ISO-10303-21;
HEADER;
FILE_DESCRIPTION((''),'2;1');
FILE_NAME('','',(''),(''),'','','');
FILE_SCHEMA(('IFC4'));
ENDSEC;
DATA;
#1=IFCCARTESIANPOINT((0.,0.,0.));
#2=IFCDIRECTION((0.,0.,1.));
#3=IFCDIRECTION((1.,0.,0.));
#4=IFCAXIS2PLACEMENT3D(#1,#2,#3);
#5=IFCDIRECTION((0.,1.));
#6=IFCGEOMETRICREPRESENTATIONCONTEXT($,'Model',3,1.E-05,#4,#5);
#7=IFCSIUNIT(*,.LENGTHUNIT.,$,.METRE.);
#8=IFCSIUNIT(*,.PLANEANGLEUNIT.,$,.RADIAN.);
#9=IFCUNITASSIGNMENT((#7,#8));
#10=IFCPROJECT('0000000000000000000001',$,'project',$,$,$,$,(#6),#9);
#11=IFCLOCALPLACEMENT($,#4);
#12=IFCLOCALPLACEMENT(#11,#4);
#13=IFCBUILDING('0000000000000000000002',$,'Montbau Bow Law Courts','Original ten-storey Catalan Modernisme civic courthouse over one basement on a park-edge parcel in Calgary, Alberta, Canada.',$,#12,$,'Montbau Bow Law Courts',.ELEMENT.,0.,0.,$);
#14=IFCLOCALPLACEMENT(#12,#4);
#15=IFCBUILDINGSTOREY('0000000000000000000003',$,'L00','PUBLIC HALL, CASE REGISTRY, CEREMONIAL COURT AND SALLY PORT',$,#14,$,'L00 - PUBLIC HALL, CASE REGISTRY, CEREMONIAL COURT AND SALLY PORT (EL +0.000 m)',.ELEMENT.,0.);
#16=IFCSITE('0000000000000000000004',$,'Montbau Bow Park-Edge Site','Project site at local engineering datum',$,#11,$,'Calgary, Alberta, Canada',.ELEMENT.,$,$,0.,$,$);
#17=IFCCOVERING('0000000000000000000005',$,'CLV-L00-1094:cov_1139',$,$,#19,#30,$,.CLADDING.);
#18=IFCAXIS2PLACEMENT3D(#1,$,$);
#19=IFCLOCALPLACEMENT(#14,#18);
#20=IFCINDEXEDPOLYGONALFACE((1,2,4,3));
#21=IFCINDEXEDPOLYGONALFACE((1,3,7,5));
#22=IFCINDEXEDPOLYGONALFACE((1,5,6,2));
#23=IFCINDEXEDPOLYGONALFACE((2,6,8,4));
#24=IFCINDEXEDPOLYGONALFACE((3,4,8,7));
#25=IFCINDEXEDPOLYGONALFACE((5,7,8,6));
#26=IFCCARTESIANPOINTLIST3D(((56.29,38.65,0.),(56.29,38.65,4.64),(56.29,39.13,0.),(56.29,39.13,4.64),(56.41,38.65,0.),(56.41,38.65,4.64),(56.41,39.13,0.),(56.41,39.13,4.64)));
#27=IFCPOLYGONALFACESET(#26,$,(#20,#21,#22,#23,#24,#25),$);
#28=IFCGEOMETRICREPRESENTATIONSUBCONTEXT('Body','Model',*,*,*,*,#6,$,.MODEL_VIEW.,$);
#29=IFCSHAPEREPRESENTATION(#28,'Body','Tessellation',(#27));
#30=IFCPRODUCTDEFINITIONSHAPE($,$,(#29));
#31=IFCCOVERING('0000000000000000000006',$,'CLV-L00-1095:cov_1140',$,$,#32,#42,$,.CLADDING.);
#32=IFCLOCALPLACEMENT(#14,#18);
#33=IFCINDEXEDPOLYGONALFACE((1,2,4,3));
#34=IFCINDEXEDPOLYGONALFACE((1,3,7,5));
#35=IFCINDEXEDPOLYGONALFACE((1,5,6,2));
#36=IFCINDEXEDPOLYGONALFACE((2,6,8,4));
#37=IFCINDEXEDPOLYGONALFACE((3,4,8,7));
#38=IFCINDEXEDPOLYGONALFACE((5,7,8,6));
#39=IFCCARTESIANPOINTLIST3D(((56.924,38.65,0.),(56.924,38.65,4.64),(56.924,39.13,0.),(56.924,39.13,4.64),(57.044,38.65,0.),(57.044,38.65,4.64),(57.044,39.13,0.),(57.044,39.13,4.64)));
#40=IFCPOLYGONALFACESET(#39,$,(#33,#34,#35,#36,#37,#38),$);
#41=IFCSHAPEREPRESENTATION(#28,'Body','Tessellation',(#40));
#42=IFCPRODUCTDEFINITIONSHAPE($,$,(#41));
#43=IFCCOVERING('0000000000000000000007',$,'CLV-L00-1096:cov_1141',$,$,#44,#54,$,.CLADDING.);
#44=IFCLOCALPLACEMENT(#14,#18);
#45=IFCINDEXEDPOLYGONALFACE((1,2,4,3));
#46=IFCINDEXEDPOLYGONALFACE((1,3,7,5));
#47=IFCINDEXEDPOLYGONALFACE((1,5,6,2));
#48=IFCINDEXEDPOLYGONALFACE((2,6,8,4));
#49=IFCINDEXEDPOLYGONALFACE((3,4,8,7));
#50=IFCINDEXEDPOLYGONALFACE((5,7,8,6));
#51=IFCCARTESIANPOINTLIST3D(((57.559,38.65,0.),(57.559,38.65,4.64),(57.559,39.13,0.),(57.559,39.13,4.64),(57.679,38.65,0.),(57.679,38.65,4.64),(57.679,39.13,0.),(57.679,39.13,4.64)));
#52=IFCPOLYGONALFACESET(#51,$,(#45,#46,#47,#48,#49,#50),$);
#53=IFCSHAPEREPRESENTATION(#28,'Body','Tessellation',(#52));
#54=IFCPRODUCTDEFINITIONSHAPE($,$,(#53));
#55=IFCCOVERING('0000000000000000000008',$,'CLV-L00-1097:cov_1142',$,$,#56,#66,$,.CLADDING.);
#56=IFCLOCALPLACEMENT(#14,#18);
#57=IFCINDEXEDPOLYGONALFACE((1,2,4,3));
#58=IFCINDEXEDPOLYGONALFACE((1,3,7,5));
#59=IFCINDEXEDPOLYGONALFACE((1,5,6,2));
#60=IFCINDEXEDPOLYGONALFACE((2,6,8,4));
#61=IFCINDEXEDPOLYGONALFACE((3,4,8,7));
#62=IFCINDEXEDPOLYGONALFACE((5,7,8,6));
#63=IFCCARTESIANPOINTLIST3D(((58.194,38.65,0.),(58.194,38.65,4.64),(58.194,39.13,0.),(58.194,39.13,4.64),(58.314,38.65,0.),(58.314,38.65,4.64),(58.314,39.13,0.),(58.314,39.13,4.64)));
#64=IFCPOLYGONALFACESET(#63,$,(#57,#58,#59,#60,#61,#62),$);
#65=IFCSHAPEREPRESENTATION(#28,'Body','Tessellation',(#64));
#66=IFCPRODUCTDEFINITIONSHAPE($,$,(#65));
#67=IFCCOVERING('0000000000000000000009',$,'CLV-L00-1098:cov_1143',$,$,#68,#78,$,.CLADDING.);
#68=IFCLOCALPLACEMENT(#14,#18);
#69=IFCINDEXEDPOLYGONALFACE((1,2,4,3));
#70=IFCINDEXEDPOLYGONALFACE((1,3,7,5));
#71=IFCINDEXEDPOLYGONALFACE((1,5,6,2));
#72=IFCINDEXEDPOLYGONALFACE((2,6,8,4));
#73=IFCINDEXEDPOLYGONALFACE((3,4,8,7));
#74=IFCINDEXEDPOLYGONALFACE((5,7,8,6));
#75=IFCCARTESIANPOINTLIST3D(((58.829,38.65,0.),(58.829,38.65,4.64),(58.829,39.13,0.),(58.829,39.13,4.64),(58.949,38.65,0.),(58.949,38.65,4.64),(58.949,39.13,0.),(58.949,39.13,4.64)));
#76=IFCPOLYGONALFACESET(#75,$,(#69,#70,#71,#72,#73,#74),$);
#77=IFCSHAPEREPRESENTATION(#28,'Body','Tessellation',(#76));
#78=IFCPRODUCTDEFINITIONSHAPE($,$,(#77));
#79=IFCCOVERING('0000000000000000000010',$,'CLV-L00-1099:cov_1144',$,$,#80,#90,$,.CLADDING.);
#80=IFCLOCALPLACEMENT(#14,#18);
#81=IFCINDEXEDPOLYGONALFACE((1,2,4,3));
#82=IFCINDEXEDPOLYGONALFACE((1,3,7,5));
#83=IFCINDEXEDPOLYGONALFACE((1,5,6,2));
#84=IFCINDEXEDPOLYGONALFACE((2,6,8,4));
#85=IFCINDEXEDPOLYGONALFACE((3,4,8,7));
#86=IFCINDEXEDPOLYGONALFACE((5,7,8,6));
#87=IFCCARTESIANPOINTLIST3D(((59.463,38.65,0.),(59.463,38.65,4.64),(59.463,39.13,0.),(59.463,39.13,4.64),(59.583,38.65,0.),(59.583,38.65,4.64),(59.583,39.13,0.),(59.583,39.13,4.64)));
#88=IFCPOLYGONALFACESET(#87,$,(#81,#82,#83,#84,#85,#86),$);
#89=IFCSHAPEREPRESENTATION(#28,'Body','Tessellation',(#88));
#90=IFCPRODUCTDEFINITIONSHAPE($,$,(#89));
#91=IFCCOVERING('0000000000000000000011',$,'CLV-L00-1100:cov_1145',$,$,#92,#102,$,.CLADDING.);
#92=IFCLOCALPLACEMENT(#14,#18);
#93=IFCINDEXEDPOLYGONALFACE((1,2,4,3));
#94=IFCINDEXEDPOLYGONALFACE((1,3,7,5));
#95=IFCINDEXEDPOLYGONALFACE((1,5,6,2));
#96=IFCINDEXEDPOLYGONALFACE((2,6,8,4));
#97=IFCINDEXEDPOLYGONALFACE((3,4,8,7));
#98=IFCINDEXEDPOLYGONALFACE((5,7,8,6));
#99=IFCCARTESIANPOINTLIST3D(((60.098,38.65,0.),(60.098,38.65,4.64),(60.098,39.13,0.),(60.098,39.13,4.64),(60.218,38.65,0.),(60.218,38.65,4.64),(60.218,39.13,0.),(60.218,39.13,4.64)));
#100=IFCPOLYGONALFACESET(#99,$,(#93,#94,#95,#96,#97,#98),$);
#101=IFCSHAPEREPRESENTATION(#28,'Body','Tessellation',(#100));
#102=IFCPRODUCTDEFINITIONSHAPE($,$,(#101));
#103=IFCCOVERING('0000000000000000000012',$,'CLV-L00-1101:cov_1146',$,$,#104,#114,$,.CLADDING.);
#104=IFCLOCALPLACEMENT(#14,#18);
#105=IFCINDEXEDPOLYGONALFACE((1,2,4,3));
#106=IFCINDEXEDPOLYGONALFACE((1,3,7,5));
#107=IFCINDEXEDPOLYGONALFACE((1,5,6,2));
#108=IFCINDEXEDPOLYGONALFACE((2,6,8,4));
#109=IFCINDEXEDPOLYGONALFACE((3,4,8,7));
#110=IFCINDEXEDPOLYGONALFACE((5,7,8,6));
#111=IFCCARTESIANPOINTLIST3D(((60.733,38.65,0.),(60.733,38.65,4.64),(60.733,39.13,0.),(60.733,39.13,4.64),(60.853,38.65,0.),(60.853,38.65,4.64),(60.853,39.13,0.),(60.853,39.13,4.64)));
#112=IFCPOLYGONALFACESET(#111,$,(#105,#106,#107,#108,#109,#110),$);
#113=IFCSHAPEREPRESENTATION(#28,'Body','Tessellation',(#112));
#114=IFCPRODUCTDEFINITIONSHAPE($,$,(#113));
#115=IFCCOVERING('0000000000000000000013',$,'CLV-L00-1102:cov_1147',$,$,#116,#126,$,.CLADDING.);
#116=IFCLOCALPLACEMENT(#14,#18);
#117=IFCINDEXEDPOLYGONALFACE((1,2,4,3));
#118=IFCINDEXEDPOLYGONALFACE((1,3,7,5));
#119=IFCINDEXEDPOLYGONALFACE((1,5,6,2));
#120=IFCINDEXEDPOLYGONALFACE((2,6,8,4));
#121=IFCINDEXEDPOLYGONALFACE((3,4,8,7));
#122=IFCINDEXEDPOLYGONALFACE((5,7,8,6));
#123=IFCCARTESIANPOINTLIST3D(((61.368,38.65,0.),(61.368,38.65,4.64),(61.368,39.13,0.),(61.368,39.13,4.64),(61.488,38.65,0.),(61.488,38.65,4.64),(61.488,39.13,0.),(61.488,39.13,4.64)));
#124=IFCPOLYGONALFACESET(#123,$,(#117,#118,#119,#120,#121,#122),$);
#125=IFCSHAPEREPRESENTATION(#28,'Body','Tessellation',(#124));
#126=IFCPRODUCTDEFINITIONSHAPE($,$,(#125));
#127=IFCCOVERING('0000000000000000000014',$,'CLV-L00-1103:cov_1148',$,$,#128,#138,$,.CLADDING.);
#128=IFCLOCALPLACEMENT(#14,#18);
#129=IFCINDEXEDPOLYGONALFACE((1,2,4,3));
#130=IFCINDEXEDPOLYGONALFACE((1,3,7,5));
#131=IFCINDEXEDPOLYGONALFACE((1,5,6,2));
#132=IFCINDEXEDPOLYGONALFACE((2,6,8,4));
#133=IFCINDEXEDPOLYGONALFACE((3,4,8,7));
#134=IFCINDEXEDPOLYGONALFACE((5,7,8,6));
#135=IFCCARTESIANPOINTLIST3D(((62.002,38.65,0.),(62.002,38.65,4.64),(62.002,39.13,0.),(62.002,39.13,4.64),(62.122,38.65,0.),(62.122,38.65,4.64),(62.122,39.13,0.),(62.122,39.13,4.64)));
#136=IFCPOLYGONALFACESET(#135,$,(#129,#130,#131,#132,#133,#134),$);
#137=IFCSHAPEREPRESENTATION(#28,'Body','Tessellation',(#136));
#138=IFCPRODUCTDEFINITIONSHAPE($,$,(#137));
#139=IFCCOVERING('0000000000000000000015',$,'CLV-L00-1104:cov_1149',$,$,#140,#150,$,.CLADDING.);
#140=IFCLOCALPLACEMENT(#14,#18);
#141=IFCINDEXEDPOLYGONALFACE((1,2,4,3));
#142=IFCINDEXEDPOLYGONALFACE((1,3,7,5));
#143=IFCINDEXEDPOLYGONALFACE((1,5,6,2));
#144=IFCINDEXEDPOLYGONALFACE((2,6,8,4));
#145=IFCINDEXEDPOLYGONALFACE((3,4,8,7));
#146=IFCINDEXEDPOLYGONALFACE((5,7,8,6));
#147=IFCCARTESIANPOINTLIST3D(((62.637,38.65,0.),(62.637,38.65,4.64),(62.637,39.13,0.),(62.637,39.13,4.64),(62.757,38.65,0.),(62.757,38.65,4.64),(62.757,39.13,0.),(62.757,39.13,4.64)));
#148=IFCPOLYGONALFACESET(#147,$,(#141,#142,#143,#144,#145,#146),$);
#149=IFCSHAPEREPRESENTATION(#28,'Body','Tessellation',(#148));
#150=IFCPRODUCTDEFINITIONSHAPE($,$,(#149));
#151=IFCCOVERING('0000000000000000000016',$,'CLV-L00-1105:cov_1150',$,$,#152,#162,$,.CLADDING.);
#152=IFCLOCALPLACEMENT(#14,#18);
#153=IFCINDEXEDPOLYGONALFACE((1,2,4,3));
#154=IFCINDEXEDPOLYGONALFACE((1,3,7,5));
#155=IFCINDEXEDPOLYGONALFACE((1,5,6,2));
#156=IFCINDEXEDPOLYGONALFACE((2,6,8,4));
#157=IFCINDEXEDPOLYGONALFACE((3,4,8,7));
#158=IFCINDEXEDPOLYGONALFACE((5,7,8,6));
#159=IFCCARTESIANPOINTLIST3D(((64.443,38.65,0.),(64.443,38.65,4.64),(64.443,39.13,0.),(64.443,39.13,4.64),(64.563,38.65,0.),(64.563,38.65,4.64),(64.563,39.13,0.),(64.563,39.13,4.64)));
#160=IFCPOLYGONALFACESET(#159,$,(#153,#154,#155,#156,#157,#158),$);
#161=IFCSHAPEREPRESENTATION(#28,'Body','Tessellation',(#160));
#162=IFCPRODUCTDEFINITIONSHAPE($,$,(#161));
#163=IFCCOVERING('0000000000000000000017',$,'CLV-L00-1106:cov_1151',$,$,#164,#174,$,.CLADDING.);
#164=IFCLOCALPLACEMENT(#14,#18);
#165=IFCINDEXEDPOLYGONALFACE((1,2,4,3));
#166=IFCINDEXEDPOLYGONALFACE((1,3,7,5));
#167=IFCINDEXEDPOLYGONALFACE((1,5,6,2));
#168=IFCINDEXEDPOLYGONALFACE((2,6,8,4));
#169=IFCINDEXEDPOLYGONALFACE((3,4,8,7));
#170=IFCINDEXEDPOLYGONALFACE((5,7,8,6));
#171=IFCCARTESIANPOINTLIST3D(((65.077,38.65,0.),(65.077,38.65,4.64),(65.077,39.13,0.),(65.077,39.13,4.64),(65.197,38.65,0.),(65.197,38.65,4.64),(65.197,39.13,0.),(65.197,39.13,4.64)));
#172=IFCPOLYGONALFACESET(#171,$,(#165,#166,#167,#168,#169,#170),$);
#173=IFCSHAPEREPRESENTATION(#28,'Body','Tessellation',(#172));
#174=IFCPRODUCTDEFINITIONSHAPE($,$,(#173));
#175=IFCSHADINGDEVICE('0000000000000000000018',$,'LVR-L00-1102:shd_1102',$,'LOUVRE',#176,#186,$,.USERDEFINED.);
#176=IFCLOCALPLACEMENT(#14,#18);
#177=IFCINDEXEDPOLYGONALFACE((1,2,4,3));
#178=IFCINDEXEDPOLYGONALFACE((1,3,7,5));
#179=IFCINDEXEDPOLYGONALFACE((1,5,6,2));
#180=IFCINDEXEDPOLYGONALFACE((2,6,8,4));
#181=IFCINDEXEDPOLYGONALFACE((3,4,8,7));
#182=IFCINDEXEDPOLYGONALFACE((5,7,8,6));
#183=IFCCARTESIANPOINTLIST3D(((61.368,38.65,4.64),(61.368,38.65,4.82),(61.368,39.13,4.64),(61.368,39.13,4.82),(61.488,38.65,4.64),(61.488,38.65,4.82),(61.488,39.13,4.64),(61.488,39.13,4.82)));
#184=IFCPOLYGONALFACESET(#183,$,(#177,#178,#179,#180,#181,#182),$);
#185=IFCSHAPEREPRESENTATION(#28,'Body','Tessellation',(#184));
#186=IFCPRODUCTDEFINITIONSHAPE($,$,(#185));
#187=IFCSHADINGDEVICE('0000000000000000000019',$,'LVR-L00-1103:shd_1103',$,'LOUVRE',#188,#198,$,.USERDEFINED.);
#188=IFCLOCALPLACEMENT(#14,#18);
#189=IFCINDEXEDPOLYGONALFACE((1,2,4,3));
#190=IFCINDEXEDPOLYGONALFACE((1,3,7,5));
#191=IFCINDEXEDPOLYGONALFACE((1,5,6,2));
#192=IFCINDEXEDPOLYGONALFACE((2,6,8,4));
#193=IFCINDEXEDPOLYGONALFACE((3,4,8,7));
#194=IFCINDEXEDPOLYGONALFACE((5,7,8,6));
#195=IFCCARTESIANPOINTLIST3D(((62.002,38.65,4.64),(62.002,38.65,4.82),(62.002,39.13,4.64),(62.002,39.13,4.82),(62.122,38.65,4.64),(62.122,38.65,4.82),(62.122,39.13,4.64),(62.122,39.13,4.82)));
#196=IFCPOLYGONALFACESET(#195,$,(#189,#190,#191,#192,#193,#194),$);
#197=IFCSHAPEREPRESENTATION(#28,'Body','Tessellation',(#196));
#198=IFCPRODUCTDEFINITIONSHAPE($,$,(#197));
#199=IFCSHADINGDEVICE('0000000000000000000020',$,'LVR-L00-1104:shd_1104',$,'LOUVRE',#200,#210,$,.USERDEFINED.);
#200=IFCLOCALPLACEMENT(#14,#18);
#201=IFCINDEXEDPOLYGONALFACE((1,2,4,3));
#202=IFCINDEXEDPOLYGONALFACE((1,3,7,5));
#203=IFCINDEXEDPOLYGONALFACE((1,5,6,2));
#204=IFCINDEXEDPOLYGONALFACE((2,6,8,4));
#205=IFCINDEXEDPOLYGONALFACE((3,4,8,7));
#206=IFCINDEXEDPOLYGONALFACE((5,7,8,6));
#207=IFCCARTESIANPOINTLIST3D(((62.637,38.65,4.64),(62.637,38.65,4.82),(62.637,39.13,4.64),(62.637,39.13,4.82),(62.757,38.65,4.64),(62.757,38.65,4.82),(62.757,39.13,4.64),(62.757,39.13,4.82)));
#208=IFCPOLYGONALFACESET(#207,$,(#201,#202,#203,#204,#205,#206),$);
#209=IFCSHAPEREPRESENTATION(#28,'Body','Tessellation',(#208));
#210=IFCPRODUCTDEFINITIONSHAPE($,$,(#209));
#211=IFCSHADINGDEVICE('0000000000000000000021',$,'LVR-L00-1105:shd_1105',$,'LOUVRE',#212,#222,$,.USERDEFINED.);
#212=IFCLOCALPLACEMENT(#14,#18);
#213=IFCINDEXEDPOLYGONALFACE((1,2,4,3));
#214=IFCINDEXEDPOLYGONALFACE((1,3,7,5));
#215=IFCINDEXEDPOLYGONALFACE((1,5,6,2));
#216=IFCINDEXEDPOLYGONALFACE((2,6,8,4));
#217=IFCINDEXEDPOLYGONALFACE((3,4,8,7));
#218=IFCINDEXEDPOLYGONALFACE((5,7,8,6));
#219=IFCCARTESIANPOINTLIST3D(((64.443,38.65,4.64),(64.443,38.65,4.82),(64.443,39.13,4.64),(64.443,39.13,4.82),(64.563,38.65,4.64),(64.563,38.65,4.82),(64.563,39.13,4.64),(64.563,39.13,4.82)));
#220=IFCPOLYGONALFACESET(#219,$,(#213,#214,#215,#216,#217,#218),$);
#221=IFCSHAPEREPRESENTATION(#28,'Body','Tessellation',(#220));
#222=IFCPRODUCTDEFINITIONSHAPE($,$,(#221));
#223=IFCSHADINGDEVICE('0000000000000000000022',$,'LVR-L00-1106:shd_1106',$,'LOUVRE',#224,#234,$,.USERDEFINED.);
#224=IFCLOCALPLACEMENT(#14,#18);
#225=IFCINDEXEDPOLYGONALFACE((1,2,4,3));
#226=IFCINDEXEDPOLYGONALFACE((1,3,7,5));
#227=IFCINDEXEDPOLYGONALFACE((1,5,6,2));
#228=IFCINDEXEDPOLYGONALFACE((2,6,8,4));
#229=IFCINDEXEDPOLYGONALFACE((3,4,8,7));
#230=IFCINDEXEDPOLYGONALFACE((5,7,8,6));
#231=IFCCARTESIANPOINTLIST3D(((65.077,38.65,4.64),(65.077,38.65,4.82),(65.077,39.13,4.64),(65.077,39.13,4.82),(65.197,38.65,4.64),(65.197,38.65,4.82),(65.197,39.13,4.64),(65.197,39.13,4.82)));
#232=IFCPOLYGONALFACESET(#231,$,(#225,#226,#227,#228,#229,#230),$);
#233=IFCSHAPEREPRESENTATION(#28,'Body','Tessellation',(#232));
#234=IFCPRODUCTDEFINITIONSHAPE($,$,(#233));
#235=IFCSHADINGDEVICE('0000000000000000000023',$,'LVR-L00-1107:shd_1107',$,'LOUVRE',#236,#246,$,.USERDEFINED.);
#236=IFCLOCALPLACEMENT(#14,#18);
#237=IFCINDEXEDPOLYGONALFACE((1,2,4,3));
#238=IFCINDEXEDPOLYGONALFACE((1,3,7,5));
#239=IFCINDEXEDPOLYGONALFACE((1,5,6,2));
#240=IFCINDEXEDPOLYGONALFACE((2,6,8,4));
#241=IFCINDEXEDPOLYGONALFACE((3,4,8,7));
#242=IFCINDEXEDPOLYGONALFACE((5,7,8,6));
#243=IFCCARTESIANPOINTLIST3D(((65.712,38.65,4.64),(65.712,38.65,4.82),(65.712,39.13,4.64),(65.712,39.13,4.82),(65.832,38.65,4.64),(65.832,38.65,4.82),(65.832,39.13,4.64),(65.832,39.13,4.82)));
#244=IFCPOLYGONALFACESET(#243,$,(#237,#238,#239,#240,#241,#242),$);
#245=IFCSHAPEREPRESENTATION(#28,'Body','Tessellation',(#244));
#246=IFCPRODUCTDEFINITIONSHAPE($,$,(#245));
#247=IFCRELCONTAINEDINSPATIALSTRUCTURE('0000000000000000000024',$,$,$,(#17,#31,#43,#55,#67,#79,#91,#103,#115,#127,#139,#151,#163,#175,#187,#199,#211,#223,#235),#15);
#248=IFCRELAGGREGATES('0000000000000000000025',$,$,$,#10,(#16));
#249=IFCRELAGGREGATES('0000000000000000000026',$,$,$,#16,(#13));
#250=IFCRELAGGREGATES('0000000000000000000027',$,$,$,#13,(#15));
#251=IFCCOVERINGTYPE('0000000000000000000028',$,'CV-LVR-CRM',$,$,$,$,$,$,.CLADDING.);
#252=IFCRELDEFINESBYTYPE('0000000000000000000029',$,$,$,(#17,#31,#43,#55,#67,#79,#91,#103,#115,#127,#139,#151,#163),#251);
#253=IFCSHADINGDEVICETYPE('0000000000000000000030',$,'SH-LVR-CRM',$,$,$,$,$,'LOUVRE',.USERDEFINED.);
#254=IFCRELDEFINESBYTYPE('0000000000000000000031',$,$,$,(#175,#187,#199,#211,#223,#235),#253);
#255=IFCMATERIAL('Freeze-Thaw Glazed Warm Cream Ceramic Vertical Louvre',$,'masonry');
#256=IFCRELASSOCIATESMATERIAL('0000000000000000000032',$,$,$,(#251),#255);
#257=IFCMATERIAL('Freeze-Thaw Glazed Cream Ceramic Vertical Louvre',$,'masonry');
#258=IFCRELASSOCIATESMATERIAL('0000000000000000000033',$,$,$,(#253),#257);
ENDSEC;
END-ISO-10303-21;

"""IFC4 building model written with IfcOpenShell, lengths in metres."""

from ifc_helpers import new_model, si_unit, direction, frame, frame_2d, origin_with_axes, origin_2d_with_axis, place, context, subcontext, project, spatial, rectangle, extrude, material, type_object, element, save


model = new_model("IFC4")

# Units and contexts
model_context = context("Model", 3, precision=1e-05, world=origin_with_axes(), true_north=direction((0.0, 1.0)))
body_context = subcontext(model_context, "Body", "Model", "MODEL_VIEW")
ifc_project = project(units=[si_unit("LENGTHUNIT", "METRE"), si_unit("PLANEANGLEUNIT", "RADIAN")], contexts=[model_context])

# Site, building, storey
site_placement = place(None, origin_with_axes())
site = spatial("IfcSite", under=ifc_project, at=site_placement, Name="Montbau Bow Park-Edge Site", Description="Project site at local engineering datum", LongName="Calgary, Alberta, Canada", CompositionType="ELEMENT", RefElevation=0.0)
building_placement = place(site_placement, origin_with_axes())
building = spatial("IfcBuilding", under=site, at=building_placement, Name="Montbau Bow Law Courts", Description="Original ten-storey Catalan Modernisme civic courthouse over one basement on a park-edge parcel in Calgary, Alberta, Canada.", LongName="Montbau Bow Law Courts", CompositionType="ELEMENT", ElevationOfRefHeight=0.0, ElevationOfTerrain=0.0)
storey_placement = place(building_placement, origin_with_axes())
storey = spatial("IfcBuildingStorey", under=building, at=storey_placement, Name="L00", Description="PUBLIC HALL, CASE REGISTRY, CEREMONIAL COURT AND SALLY PORT", LongName="L00 - PUBLIC HALL, CASE REGISTRY, CEREMONIAL COURT AND SALLY PORT (EL +0.000 m)", CompositionType="ELEMENT", Elevation=0.0)

# Coverings
ifc_material_1 = material(Name="Freeze-Thaw Glazed Warm Cream Ceramic Vertical Louvre", Category="masonry")
covering_type = type_object("IfcCoveringType", Name="CV-LVR-CRM", PredefinedType="CLADDING", material=ifc_material_1)
for number, where, z_axis, x_axis, name in (
    (1, (56.35, 39.13, 0.0), (-1.0, 0.0, 0.0), (0.0, -1.0, 0.0), "CLV-L00-1094:cov_1139"),
    (2, (56.984, 39.13, 0.0), (-1.0, 0.0, 0.0), (0.0, -1.0, 0.0), "CLV-L00-1095:cov_1140"),
    (3, (57.619, 39.13, 0.0), (-1.0, 0.0, 0.0), (0.0, -1.0, 0.0), "CLV-L00-1096:cov_1141"),
    (4, (58.254, 39.13, 0.0), (-1.0, 0.0, 0.0), (0.0, -1.0, 0.0), "CLV-L00-1097:cov_1142"),
    (5, (58.889, 39.13, 0.0), (-1.0, 0.0, 0.0), (0.0, -1.0, 0.0), "CLV-L00-1098:cov_1143"),
    (6, (59.523, 39.13, 0.0), (-1.0, 0.0, 0.0), (0.0, -1.0, 0.0), "CLV-L00-1099:cov_1144"),
    (7, (60.158, 39.13, 0.0), (-1.0, 0.0, 0.0), (0.0, -1.0, 0.0), "CLV-L00-1100:cov_1145"),
    (8, (60.793, 39.13, 0.0), (-1.0, 0.0, 0.0), (0.0, -1.0, 0.0), "CLV-L00-1101:cov_1146"),
    (9, (61.428, 39.13, 0.0), (-1.0, 0.0, 0.0), (0.0, -1.0, 0.0), "CLV-L00-1102:cov_1147"),
    (10, (62.062, 39.13, 0.0), (-1.0, 0.0, 0.0), (0.0, -1.0, 0.0), "CLV-L00-1103:cov_1148"),
    (11, (62.697, 39.13, 0.0), (-1.0, 0.0, 0.0), (0.0, -1.0, 0.0), "CLV-L00-1104:cov_1149"),
    (12, (64.503, 39.13, 0.0), (-1.0, 0.0, 0.0), (0.0, -1.0, 0.0), "CLV-L00-1105:cov_1150"),
    (13, (65.137, 39.13, 0.0), (-1.0, 0.0, 0.0), (0.0, -1.0, 0.0), "CLV-L00-1106:cov_1151"),
):
    element("IfcCovering", number, at=place(None, frame(where, z_axis=z_axis, x_axis=x_axis)), inside=storey, type_object=covering_type, Name=name, PredefinedType="CLADDING", context=body_context, shape_type="SweptSolid", body=[
        extrude(rectangle(XDim=0.48, YDim=4.64, at=frame_2d((0.24, 2.32), x_axis=(1.0, 0.0))), frame((0.0, 0.0, -0.06), z_axis=(0.0, 0.0, 1.0), x_axis=(1.0, 0.0, 0.0)), (0.0, 0.0, 1.0), 0.12),
    ])

# Shading devices
ifc_material_2 = material(Name="Freeze-Thaw Glazed Cream Ceramic Vertical Louvre", Category="masonry")
shading_device_type = type_object("IfcShadingDeviceType", Name="SH-LVR-CRM", ElementType="LOUVRE", PredefinedType="USERDEFINED", material=ifc_material_2)
for number, where, z_axis, x_axis, name in (
    (14, (61.428, 38.89, 4.64), (0.0, 0.0, 1.0), (0.0, -1.0, 0.0), "LVR-L00-1102:shd_1102"),
    (15, (62.062, 38.89, 4.64), (0.0, 0.0, 1.0), (0.0, -1.0, 0.0), "LVR-L00-1103:shd_1103"),
    (16, (62.697, 38.89, 4.64), (0.0, 0.0, 1.0), (0.0, -1.0, 0.0), "LVR-L00-1104:shd_1104"),
    (17, (64.503, 38.89, 4.64), (0.0, 0.0, 1.0), (0.0, -1.0, 0.0), "LVR-L00-1105:shd_1105"),
    (18, (65.137, 38.89, 4.64), (0.0, 0.0, 1.0), (0.0, -1.0, 0.0), "LVR-L00-1106:shd_1106"),
    (19, (65.772, 38.89, 4.64), (0.0, 0.0, 1.0), (0.0, -1.0, 0.0), "LVR-L00-1107:shd_1107"),
):
    element("IfcShadingDevice", number, at=place(None, frame(where, z_axis=z_axis, x_axis=x_axis)), inside=storey, type_object=shading_device_type, Name=name, ObjectType="LOUVRE", PredefinedType="USERDEFINED", context=body_context, shape_type="SweptSolid", body=[
        extrude(rectangle(XDim=0.48, YDim=0.12, at=origin_2d_with_axis()), origin_with_axes(), (0.0, 0.0, 1.0), 0.18),
    ])

save(model, "model.ifc")
